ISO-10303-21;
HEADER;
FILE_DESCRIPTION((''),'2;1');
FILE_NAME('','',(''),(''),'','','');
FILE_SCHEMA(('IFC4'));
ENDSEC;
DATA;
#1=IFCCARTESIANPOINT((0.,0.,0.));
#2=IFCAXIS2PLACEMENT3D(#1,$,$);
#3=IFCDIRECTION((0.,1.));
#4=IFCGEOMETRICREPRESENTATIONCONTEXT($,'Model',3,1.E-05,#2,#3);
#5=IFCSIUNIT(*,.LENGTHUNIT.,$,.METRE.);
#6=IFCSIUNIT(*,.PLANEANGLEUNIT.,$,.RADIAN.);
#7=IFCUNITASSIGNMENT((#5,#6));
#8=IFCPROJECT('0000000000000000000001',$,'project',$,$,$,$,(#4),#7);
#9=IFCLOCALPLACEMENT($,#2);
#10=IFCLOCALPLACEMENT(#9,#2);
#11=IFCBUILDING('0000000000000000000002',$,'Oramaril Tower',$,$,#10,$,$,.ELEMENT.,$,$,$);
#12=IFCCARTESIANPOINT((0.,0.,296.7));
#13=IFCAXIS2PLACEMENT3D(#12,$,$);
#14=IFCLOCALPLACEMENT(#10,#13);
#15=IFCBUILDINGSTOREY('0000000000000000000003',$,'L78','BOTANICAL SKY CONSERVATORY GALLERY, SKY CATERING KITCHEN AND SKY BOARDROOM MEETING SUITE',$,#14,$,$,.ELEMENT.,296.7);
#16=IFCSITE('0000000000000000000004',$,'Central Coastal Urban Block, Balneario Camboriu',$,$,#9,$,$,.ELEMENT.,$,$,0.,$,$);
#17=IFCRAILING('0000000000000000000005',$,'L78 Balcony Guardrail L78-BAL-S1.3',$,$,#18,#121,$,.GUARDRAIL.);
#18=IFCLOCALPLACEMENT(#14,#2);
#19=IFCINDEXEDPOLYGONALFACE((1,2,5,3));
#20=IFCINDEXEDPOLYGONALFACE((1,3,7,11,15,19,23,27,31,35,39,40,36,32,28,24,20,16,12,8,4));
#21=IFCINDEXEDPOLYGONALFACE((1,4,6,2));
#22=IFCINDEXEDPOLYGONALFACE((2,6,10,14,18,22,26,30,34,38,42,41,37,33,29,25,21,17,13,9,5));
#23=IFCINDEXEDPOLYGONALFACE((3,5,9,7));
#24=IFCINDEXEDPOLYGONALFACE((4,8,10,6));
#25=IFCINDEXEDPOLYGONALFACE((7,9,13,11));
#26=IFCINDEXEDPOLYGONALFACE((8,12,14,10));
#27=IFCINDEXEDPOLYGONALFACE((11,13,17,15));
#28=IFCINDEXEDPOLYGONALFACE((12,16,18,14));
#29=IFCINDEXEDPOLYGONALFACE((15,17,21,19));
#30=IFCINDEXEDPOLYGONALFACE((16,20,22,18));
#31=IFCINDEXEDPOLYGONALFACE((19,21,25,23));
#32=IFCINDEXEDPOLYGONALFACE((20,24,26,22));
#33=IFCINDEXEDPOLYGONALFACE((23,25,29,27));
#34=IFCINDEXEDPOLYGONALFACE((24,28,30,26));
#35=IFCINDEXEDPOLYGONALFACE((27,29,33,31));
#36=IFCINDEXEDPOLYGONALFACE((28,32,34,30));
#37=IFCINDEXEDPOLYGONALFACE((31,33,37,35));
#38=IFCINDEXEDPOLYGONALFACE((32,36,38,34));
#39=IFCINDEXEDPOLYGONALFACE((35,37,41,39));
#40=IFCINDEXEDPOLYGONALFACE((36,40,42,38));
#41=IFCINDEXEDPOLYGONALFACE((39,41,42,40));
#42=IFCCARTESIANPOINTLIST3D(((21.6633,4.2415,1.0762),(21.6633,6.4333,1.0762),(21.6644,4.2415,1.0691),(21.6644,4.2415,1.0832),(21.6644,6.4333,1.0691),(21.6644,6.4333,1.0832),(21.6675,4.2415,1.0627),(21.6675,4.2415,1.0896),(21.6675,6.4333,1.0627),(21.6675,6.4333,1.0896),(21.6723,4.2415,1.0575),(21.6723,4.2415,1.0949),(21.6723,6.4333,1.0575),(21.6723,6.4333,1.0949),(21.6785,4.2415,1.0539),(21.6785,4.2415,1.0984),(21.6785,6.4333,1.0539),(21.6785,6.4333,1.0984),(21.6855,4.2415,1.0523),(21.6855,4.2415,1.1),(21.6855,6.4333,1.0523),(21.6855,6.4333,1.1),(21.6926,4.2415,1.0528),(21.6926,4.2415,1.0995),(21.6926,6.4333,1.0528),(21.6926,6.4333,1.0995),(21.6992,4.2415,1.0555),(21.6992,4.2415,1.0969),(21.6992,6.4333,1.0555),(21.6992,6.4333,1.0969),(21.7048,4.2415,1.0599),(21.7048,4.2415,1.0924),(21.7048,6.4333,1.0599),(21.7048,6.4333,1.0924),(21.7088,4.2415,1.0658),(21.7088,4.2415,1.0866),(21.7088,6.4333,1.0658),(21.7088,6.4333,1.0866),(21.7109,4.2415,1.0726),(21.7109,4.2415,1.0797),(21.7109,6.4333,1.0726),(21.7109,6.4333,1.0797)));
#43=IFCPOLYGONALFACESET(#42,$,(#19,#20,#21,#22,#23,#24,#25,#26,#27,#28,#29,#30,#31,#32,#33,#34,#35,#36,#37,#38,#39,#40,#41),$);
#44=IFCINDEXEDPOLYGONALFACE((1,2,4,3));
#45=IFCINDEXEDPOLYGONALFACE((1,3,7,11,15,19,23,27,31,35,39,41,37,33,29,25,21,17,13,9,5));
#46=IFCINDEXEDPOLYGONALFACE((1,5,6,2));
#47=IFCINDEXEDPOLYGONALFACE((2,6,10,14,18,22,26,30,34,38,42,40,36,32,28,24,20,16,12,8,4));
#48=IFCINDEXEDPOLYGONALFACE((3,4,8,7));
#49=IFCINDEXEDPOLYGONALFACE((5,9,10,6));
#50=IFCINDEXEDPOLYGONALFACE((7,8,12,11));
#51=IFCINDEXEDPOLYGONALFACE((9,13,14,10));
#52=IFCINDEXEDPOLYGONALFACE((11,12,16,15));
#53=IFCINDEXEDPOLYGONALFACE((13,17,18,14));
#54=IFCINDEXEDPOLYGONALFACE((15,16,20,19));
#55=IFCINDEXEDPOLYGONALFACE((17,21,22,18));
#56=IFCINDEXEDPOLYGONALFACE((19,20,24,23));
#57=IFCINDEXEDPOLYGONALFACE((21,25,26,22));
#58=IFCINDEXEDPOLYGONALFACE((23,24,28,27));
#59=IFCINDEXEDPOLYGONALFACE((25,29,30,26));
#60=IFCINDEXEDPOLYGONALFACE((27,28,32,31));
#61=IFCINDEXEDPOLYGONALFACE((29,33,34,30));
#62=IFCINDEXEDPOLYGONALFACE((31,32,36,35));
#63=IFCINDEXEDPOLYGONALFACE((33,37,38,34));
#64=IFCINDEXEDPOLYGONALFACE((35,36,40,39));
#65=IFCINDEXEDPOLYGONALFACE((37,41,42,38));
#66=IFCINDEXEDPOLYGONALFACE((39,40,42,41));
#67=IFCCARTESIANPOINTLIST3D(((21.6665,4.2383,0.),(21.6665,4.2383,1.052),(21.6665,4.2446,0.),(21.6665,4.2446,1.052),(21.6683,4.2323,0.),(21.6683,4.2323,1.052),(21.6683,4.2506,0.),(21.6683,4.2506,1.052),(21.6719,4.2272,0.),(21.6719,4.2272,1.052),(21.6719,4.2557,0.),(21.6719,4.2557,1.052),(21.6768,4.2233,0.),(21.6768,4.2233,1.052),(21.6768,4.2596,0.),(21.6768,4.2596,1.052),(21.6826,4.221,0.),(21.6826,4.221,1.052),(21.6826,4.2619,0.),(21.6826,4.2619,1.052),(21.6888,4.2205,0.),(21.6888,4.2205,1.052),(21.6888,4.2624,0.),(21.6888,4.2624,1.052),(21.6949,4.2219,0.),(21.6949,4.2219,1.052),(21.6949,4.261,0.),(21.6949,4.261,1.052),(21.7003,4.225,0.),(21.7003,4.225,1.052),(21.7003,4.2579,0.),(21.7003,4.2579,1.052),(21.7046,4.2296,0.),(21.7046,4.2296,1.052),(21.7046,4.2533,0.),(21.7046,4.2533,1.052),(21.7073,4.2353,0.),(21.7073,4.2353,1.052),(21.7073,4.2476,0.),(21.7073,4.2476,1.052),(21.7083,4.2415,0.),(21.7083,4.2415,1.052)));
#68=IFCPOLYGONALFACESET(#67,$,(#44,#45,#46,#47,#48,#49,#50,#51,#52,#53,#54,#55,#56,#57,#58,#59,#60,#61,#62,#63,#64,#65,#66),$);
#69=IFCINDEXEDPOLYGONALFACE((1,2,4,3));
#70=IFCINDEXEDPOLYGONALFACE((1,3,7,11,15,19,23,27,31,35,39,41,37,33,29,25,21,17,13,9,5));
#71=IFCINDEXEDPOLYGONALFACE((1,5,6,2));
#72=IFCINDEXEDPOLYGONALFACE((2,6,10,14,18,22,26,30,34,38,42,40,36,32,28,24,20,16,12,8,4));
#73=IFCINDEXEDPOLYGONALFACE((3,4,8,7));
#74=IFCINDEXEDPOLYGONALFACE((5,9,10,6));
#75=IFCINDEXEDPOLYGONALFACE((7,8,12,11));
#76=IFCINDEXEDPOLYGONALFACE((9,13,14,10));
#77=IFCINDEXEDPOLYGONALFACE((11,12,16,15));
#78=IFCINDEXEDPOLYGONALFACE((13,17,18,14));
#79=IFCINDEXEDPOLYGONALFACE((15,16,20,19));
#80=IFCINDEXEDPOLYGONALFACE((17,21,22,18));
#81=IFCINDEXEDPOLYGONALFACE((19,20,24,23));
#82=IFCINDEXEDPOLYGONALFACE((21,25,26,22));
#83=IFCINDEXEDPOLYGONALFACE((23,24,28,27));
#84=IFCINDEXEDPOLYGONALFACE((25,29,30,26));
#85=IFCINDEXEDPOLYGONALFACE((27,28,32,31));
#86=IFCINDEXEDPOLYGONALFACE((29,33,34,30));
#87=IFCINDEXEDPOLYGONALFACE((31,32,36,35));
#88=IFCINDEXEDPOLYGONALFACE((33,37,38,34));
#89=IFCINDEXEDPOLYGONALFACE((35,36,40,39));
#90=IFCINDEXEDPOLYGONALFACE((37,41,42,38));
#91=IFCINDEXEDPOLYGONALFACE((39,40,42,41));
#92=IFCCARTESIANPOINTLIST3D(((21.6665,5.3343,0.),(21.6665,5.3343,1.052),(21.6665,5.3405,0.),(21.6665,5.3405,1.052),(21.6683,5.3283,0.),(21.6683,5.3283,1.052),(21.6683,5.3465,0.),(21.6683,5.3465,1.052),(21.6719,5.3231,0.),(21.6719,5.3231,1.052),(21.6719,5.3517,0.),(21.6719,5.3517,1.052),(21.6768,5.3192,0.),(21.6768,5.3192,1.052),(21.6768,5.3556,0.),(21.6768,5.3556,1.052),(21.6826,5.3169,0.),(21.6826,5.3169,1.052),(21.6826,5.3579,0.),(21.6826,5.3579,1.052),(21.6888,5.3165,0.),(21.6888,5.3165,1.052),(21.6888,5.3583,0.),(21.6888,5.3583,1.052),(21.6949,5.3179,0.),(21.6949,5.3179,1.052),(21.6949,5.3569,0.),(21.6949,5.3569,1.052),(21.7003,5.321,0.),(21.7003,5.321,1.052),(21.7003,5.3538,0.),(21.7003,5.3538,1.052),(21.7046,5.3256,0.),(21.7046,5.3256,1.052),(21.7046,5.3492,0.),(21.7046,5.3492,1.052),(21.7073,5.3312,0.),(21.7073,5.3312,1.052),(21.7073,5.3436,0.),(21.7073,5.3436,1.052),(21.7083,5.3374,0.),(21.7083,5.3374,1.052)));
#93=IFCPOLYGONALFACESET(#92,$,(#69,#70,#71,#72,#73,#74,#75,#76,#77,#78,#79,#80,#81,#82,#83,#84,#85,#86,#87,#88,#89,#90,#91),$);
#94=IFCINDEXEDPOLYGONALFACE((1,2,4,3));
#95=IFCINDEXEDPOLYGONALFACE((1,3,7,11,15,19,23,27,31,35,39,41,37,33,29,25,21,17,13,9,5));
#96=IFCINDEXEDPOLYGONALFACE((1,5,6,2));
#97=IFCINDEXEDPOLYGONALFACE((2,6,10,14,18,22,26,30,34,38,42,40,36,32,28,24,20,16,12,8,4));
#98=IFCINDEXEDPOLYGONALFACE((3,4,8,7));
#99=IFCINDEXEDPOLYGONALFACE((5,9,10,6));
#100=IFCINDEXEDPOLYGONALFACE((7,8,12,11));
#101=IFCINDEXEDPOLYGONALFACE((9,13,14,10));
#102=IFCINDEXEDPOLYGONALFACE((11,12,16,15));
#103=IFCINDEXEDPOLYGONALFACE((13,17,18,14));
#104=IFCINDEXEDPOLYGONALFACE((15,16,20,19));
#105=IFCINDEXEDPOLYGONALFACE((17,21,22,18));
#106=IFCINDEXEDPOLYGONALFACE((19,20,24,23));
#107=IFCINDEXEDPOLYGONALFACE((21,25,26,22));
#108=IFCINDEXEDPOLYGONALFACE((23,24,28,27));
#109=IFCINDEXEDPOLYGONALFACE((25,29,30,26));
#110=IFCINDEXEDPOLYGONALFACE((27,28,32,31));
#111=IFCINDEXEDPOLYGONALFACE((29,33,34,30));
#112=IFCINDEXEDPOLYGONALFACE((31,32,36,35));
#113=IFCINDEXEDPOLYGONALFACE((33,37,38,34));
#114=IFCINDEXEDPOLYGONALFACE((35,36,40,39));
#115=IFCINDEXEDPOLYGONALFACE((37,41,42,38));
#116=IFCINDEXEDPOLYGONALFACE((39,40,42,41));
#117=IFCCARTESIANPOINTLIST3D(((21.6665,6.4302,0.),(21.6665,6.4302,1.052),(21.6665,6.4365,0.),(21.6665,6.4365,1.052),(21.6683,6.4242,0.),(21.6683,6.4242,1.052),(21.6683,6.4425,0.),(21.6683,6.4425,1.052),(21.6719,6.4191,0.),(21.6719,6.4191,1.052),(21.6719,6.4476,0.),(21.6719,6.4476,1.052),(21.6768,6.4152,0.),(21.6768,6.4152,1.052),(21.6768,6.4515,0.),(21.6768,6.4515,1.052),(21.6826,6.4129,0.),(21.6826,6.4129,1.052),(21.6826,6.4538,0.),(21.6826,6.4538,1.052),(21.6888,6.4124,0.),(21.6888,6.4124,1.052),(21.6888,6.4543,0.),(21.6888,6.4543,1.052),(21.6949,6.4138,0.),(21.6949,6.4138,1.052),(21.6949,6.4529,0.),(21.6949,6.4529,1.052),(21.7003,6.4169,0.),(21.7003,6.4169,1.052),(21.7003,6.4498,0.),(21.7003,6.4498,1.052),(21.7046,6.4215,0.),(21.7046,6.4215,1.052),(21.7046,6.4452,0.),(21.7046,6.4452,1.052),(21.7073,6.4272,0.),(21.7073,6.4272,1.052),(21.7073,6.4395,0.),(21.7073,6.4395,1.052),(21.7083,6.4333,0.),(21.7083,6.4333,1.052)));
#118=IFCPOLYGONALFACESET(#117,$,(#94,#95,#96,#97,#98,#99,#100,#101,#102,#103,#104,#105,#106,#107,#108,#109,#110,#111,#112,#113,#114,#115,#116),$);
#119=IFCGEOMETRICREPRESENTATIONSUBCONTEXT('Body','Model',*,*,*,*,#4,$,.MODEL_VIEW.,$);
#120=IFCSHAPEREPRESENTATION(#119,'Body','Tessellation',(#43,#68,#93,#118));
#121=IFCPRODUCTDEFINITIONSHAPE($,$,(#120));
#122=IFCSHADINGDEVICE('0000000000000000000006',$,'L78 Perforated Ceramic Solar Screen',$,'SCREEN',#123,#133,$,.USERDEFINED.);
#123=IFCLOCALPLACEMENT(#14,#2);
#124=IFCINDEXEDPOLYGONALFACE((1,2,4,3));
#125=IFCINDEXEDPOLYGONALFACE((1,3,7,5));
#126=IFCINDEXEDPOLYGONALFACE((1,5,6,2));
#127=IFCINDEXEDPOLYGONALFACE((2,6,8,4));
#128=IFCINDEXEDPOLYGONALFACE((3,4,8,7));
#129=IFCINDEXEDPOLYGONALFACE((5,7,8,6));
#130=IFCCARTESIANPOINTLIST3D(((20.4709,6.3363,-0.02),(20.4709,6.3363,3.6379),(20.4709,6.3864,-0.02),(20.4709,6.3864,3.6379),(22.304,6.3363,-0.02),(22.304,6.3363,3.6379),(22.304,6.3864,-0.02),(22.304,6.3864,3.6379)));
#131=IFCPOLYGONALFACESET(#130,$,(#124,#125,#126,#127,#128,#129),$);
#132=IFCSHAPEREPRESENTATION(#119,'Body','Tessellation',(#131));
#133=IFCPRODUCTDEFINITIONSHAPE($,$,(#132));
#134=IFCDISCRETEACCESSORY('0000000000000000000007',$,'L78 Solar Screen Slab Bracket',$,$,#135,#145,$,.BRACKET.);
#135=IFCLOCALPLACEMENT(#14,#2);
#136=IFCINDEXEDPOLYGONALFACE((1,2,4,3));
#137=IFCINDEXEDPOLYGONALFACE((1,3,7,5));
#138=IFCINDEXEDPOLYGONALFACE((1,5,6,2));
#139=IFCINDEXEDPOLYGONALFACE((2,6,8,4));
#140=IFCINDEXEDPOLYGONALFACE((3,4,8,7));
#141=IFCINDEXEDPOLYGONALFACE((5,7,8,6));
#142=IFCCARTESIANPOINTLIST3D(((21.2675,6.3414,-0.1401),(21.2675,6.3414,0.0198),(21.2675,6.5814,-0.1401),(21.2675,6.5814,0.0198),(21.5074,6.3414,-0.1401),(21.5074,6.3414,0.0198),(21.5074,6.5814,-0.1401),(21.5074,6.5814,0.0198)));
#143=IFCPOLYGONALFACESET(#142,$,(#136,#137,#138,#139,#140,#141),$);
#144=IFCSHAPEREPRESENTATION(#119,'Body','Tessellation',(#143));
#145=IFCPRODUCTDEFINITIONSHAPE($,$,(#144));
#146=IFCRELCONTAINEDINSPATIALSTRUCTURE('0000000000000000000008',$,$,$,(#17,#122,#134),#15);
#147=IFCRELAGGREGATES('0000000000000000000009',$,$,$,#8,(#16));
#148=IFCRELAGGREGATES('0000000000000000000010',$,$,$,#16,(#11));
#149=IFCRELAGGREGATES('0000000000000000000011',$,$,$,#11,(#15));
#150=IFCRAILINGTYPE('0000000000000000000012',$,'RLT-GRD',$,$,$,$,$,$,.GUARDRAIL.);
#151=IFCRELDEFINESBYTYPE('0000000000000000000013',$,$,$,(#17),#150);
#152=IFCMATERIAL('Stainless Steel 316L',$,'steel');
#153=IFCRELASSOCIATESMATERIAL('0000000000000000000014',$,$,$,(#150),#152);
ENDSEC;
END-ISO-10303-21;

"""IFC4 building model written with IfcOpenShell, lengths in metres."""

from ifc_helpers import new_model, si_unit, direction, frame, origin, origin_2d, place, context, subcontext, project, spatial, rectangle, circle, extrude, material, type_object, element, save


model = new_model("IFC4")

# Units and contexts
model_context = context("Model", 3, precision=1e-05, world=origin(), true_north=direction((0.0, 1.0)))
body_context = subcontext(model_context, "Body", "Model", "MODEL_VIEW")
ifc_project = project(units=[si_unit("LENGTHUNIT", "METRE"), si_unit("PLANEANGLEUNIT", "RADIAN")], contexts=[model_context])

# Site, building, storey
site_placement = place(None, origin())
site = spatial("IfcSite", under=ifc_project, at=site_placement, Name="Central Coastal Urban Block, Balneario Camboriu", CompositionType="ELEMENT", RefElevation=0.0)
building_placement = place(site_placement, origin())
building = spatial("IfcBuilding", under=site, at=building_placement, Name="Oramaril Tower", CompositionType="ELEMENT")
storey_placement = place(building_placement, frame((0.0, 0.0, 296.7)))
storey = spatial("IfcBuildingStorey", under=building, at=storey_placement, Name="L78", Description="BOTANICAL SKY CONSERVATORY GALLERY, SKY CATERING KITCHEN AND SKY BOARDROOM MEETING SUITE", CompositionType="ELEMENT", Elevation=296.7)

# Railing
ifc_material_1 = material(Name="Stainless Steel 316L", Category="steel")
railing_type = type_object("IfcRailingType", Name="RLT-GRD", PredefinedType="GUARDRAIL", material=ifc_material_1)
railing_placement = place(storey_placement, frame((21.6873, 4.2415, 0.0)))
element("IfcRailing", 1, at=railing_placement, inside=storey, type_object=railing_type, Name="L78 Balcony Guardrail L78-BAL-S1.3", PredefinedType="GUARDRAIL", context=body_context, shape_type="SweptSolid", body=[
    extrude(circle(Radius=0.0239, at=origin_2d()), frame((0.0, 0.0, 1.0762), z_axis=(0.0, 1.0, 0.0), x_axis=(-1.0, 0.0, 0.0)), (0.0, 0.0, 1.0), 2.1919),
    extrude(circle(Radius=0.021, at=origin_2d()), origin(), (0.0, 0.0, 1.0), 1.052),
    extrude(circle(Radius=0.021, at=origin_2d()), frame((0.0, 1.0959, 0.0)), (0.0, 0.0, 1.0), 1.052),
    extrude(circle(Radius=0.021, at=origin_2d()), frame((0.0, 2.1919, 0.0)), (0.0, 0.0, 1.0), 1.052),
])

# Shading device
shading_device_placement = place(storey_placement, frame((21.3875, 6.3613, -0.02), z_axis=(0.0, 0.0, 1.0), x_axis=(1.0, 0.0, 0.0)))
element("IfcShadingDevice", 2, at=shading_device_placement, inside=storey, Name="L78 Perforated Ceramic Solar Screen", ObjectType="SCREEN", PredefinedType="USERDEFINED", context=body_context, shape_type="SweptSolid", body=[
    extrude(rectangle(XDim=1.833, YDim=0.05, at=origin_2d()), origin(), (0.0, 0.0, 1.0), 3.658),
])

# Discrete accessory
discrete_accessory_placement = place(storey_placement, frame((21.3875, 6.4614, -0.1401), z_axis=(0.0, 0.0, 1.0), x_axis=(1.0, 0.0, 0.0)))
element("IfcDiscreteAccessory", 3, at=discrete_accessory_placement, inside=storey, Name="L78 Solar Screen Slab Bracket", PredefinedType="BRACKET", context=body_context, shape_type="SweptSolid", body=[
    extrude(rectangle(XDim=0.24, YDim=0.24, at=origin_2d()), origin(), (0.0, 0.0, 1.0), 0.1599),
])

save(model, "model.ifc")
